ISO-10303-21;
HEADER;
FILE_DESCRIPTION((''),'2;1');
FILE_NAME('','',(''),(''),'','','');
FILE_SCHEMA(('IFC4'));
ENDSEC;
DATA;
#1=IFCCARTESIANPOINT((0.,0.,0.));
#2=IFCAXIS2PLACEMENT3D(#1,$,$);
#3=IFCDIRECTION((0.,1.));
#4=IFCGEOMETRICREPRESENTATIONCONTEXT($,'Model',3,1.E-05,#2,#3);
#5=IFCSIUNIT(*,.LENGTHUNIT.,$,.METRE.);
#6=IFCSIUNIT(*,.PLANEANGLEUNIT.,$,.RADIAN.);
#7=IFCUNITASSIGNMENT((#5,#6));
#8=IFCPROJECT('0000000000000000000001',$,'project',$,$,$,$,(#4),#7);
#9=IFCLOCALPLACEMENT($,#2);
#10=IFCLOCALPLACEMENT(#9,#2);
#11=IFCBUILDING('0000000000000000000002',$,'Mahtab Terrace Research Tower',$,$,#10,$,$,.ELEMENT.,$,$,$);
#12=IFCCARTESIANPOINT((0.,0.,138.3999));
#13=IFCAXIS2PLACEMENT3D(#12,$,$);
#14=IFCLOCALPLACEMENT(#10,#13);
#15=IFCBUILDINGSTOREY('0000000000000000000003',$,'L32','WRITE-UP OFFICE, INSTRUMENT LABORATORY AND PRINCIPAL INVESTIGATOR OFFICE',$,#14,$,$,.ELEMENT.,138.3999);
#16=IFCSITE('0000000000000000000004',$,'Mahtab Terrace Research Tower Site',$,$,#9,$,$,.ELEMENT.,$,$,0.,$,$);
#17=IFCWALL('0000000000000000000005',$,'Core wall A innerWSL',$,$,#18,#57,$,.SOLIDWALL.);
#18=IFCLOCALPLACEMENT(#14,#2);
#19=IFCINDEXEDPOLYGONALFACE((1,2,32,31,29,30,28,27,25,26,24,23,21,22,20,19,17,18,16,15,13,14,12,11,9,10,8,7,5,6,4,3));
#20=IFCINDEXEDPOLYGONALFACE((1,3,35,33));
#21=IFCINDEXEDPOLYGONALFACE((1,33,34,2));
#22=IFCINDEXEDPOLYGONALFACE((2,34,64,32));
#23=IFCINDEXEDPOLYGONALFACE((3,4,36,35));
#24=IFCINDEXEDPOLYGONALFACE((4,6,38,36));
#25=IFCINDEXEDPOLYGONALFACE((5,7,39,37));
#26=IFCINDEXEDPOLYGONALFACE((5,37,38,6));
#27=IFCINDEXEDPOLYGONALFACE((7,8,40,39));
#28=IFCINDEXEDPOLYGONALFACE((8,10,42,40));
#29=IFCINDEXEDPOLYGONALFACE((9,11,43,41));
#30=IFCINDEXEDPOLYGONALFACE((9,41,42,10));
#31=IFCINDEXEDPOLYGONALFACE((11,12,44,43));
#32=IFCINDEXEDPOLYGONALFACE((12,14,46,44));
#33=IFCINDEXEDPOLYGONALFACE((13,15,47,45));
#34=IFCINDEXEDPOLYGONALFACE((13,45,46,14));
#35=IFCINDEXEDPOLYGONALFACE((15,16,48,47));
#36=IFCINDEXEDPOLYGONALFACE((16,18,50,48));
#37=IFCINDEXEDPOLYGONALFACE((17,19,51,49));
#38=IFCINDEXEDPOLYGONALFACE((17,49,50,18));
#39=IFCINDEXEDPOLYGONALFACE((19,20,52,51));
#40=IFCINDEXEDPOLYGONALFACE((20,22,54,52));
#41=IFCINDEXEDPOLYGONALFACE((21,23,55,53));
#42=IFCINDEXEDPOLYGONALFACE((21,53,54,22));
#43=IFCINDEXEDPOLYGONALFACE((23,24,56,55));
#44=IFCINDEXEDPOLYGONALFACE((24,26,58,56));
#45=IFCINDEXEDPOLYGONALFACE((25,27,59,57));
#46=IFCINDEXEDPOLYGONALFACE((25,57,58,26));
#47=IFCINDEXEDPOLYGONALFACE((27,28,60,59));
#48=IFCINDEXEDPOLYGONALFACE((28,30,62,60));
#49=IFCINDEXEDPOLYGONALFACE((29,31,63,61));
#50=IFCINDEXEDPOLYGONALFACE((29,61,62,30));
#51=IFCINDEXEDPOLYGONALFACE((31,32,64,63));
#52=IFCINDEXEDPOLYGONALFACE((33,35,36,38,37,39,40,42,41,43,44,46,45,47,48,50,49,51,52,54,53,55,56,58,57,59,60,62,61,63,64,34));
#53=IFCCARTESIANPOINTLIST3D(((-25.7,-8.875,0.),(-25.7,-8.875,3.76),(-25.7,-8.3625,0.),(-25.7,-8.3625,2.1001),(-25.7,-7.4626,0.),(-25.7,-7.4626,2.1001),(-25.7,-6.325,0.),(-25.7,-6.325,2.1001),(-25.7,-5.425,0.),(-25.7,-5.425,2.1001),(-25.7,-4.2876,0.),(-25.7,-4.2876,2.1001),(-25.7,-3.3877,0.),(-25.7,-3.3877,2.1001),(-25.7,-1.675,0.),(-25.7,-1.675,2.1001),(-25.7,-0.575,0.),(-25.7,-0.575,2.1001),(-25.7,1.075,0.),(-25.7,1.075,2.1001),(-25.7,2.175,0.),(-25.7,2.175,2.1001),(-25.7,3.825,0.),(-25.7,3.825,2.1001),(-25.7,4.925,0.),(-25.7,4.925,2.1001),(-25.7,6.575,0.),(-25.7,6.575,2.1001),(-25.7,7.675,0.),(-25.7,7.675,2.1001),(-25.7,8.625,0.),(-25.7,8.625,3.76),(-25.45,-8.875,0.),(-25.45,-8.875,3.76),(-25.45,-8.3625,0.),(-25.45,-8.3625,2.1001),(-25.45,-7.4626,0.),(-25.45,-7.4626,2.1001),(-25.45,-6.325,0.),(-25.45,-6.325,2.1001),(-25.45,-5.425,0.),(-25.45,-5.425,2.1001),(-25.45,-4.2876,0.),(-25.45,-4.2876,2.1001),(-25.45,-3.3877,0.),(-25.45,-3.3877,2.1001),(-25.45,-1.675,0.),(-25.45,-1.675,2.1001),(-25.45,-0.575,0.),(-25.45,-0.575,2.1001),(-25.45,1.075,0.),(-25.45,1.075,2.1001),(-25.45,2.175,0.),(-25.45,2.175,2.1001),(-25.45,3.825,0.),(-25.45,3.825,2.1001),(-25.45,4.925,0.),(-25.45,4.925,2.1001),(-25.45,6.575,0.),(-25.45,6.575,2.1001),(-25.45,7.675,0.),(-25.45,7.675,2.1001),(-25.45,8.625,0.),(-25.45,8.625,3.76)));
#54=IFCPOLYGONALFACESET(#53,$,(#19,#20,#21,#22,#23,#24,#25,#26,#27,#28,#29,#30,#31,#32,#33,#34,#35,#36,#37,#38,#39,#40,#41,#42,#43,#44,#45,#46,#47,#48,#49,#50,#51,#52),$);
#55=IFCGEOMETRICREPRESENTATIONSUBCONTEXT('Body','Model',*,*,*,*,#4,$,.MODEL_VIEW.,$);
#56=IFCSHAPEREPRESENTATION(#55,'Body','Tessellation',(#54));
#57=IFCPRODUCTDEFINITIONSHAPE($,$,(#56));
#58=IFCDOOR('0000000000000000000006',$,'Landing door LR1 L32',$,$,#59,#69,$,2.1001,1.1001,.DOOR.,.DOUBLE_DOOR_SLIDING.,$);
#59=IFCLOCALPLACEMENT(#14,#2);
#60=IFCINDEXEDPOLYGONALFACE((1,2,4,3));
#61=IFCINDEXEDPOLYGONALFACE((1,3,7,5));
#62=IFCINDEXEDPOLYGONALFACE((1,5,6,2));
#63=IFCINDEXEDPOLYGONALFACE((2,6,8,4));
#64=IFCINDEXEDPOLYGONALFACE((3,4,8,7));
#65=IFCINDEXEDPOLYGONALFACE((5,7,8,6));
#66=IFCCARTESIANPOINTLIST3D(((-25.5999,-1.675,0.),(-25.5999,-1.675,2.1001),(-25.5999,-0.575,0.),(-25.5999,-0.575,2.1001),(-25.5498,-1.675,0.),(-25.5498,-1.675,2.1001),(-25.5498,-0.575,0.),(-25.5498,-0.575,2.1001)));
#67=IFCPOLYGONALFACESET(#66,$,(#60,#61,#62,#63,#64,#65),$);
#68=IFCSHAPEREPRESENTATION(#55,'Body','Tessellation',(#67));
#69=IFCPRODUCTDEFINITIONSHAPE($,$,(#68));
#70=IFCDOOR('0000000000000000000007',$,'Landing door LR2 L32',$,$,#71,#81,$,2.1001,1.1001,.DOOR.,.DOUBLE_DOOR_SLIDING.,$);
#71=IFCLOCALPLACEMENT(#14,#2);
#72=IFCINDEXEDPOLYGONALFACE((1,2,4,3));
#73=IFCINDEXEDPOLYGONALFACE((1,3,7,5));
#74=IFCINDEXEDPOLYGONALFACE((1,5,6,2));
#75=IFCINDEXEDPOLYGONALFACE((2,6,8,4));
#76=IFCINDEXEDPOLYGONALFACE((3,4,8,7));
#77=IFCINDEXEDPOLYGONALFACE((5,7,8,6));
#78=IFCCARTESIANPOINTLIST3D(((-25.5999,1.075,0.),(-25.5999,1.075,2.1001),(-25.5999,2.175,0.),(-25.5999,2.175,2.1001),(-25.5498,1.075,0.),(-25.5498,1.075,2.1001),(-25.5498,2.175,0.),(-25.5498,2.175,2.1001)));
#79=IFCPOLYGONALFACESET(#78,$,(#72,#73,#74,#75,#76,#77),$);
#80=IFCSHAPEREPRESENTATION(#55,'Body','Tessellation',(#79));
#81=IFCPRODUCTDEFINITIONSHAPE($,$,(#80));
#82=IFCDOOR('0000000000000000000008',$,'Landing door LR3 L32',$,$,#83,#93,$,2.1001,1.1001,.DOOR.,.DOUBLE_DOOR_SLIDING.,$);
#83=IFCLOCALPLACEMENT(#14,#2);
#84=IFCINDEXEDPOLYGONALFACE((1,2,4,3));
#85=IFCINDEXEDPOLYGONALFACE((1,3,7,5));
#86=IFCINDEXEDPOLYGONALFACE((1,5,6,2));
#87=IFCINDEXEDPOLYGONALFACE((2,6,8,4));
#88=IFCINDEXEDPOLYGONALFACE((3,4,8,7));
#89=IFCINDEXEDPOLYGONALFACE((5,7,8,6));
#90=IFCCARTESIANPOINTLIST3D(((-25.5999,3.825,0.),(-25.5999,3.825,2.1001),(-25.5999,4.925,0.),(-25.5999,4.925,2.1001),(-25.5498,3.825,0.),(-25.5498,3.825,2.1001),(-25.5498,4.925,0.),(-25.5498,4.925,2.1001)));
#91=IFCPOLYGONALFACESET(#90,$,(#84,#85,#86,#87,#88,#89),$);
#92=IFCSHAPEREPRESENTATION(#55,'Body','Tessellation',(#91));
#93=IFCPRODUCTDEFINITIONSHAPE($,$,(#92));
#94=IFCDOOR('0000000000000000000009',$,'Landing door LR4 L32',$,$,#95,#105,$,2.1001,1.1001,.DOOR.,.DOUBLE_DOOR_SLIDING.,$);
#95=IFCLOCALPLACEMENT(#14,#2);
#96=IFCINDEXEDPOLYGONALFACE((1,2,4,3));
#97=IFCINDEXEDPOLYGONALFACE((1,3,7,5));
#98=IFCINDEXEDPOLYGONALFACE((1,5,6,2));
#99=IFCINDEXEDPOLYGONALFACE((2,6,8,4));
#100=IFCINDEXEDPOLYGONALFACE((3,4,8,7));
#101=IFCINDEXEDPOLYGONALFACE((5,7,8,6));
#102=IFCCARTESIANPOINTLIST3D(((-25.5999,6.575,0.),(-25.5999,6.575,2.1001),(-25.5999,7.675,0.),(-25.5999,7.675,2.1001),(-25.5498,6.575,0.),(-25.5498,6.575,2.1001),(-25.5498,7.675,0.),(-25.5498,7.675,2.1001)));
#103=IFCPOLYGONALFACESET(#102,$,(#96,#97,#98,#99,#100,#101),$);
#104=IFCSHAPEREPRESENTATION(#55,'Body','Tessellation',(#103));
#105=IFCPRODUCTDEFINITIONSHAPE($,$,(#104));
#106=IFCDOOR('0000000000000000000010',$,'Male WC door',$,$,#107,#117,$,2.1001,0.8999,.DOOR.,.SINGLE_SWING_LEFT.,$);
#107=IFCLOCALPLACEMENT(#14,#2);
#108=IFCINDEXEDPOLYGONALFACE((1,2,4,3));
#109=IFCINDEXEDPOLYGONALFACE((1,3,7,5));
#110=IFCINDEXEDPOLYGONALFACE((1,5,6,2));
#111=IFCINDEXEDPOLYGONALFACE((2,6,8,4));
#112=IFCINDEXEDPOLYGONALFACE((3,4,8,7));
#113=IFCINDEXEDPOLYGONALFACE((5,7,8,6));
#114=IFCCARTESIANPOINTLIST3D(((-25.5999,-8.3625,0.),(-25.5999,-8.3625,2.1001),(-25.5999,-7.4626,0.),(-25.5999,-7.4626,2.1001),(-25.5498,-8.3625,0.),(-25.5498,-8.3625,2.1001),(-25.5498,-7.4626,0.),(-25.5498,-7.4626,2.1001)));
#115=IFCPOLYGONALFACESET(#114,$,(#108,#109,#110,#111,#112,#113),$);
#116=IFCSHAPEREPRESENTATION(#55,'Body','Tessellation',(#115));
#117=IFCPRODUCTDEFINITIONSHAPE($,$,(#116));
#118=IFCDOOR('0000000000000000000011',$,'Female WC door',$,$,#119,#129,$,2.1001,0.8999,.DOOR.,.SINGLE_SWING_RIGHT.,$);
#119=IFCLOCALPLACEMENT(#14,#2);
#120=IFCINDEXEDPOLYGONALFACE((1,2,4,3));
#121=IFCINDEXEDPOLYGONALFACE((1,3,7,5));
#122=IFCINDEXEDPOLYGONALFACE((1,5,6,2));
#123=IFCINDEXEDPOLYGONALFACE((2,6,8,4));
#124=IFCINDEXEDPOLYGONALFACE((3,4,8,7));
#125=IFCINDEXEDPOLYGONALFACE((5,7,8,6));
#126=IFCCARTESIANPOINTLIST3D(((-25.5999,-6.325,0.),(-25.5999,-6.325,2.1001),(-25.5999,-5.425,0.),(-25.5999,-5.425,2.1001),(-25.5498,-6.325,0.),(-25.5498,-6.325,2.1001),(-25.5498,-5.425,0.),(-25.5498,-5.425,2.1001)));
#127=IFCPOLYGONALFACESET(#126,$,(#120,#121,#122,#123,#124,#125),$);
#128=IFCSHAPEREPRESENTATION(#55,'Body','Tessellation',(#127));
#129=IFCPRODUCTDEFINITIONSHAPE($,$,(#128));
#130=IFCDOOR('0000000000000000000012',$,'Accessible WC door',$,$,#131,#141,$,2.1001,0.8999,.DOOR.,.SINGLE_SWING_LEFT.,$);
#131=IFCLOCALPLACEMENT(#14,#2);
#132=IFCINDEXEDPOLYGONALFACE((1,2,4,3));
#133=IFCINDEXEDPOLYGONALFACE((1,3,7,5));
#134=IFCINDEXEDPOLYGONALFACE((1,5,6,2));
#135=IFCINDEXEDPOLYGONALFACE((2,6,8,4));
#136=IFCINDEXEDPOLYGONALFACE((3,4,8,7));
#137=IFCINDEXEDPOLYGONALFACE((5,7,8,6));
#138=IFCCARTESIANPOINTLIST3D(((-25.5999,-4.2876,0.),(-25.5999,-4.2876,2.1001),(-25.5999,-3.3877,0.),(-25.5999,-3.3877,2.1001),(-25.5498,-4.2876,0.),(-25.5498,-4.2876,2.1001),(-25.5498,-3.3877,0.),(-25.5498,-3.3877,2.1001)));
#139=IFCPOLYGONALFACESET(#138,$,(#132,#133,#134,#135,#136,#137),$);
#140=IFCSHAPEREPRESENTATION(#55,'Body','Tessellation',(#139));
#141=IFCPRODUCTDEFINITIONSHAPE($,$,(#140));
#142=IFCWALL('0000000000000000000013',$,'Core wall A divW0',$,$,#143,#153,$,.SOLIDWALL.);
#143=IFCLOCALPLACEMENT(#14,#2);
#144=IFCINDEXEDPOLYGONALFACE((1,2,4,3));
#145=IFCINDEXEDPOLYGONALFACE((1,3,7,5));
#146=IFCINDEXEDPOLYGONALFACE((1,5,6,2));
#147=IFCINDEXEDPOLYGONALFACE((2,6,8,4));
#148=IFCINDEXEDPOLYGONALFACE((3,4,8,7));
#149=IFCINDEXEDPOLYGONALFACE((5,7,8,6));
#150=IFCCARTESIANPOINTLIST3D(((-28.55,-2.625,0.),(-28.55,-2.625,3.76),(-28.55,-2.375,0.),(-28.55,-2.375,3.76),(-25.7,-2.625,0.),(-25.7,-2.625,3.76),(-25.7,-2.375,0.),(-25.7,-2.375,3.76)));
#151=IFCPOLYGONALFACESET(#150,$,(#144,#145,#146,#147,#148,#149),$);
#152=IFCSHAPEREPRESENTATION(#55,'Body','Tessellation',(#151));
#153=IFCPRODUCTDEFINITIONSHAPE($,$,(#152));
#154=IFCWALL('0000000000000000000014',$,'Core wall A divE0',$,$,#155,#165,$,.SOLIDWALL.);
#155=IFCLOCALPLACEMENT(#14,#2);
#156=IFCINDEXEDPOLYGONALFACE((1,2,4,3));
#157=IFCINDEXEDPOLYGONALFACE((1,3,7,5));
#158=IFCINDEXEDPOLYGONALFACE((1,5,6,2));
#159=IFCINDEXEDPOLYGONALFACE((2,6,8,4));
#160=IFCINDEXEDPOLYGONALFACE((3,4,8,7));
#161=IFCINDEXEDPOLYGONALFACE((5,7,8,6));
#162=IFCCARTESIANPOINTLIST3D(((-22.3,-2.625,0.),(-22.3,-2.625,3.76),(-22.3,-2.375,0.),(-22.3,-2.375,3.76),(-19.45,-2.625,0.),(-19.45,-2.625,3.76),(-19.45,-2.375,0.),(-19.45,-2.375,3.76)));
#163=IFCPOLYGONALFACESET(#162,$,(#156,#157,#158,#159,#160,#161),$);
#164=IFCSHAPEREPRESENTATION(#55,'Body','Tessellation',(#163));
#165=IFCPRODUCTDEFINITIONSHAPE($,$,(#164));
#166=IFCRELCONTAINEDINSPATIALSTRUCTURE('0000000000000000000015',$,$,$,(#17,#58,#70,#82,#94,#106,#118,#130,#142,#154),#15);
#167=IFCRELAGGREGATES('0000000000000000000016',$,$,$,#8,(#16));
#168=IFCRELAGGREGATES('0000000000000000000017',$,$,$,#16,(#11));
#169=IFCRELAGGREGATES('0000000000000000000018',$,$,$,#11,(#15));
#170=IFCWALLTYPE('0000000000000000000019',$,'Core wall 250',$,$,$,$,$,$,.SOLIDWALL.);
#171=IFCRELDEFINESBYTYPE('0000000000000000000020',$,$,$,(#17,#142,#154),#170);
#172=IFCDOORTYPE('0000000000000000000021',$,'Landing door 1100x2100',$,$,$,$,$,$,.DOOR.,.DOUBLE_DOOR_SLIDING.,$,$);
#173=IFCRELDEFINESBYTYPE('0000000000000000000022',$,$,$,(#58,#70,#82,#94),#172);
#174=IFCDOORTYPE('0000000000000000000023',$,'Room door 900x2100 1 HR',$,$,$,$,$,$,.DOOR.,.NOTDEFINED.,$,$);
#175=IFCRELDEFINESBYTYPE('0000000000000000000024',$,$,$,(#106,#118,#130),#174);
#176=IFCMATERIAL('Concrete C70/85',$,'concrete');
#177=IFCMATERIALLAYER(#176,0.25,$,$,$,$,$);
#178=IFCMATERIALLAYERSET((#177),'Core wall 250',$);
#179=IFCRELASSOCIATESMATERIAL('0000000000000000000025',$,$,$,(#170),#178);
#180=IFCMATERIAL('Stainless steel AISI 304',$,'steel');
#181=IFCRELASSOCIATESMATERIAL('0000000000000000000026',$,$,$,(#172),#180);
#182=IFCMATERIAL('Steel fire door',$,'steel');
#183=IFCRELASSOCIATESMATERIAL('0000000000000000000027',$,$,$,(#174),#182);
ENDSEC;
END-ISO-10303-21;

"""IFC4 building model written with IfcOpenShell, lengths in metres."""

from ifc_helpers import new_model, si_unit, direction, frame, frame_2d, origin, place, context, subcontext, project, spatial, rectangle, extrude, material, layer, layer_set, type_object, element, fill, save


model = new_model("IFC4")

# Units and contexts
model_context = context("Model", 3, precision=1e-05, world=origin(), true_north=direction((0.0, 1.0)))
body_context = subcontext(model_context, "Body", "Model", "MODEL_VIEW")
ifc_project = project(units=[si_unit("LENGTHUNIT", "METRE"), si_unit("PLANEANGLEUNIT", "RADIAN")], contexts=[model_context])

# Site, building, storey
site_placement = place(None, origin())
site = spatial("IfcSite", under=ifc_project, at=site_placement, Name="Mahtab Terrace Research Tower Site", CompositionType="ELEMENT", RefElevation=0.0)
building_placement = place(site_placement, origin())
building = spatial("IfcBuilding", under=site, at=building_placement, Name="Mahtab Terrace Research Tower", CompositionType="ELEMENT")
storey_placement = place(building_placement, frame((0.0, 0.0, 138.3999)))
storey = spatial("IfcBuildingStorey", under=building, at=storey_placement, Name="L32", Description="WRITE-UP OFFICE, INSTRUMENT LABORATORY AND PRINCIPAL INVESTIGATOR OFFICE", CompositionType="ELEMENT", Elevation=138.3999)

# Shared definitions
ifc_material_1 = material(Name="Concrete C70/85", Category="concrete")

# Shared definitions
ifc_layer_1 = layer(ifc_material_1, 0.25)
ifc_layer_set_1 = layer_set([ifc_layer_1], Name="Core wall 250")
wall_type_1 = type_object("IfcWallType", Name="Core wall 250", PredefinedType="SOLIDWALL", material=ifc_layer_set_1)

# Shared definitions
ifc_material_2 = material(Name="Steel fire door", Category="steel")

# Wall, openings, doors
wall_1_placement = place(storey_placement, frame((-25.575, -8.875, 0.0), z_axis=(0.0, 0.0, 1.0), x_axis=(0.0, 1.0, 0.0)))
wall_1 = element("IfcWall", 1, at=wall_1_placement, inside=storey, type_object=wall_type_1, Name="Core wall A innerWSL", PredefinedType="SOLIDWALL", context=body_context, shape_type="SweptSolid", body=[
    extrude(rectangle(XDim=17.5, YDim=0.25, at=frame_2d((8.75, 0.0))), origin(), (0.0, 0.0, 1.0), 3.76),
])
opening_1_placement = place(wall_1_placement, frame((7.2, 0.0, 0.0)))
opening_1 = element("IfcOpeningElement", 2, at=opening_1_placement, cuts=wall_1, PredefinedType="OPENING", context=body_context, shape_type="SweptSolid", body=[
    extrude(rectangle(XDim=1.1001, YDim=2.1001, at=frame_2d((0.55, 1.05))), frame((0.0, 0.135, 0.0), z_axis=(0.0, -1.0, 0.0), x_axis=(1.0, 0.0, 0.0)), (0.0, 0.0, 1.0), 0.27),
])
opening_2_placement = place(wall_1_placement, frame((9.95, 0.0, 0.0)))
opening_2 = element("IfcOpeningElement", 3, at=opening_2_placement, cuts=wall_1, PredefinedType="OPENING", context=body_context, shape_type="SweptSolid", body=[
    extrude(rectangle(XDim=1.1001, YDim=2.1001, at=frame_2d((0.55, 1.05))), frame((0.0, 0.135, 0.0), z_axis=(0.0, -1.0, 0.0), x_axis=(1.0, 0.0, 0.0)), (0.0, 0.0, 1.0), 0.27),
])
opening_3_placement = place(wall_1_placement, frame((12.7, 0.0, 0.0)))
opening_3 = element("IfcOpeningElement", 4, at=opening_3_placement, cuts=wall_1, PredefinedType="OPENING", context=body_context, shape_type="SweptSolid", body=[
    extrude(rectangle(XDim=1.1001, YDim=2.1001, at=frame_2d((0.55, 1.05))), frame((0.0, 0.135, 0.0), z_axis=(0.0, -1.0, 0.0), x_axis=(1.0, 0.0, 0.0)), (0.0, 0.0, 1.0), 0.27),
])
opening_4_placement = place(wall_1_placement, frame((15.45, 0.0, 0.0)))
opening_4 = element("IfcOpeningElement", 5, at=opening_4_placement, cuts=wall_1, PredefinedType="OPENING", context=body_context, shape_type="SweptSolid", body=[
    extrude(rectangle(XDim=1.1001, YDim=2.1001, at=frame_2d((0.55, 1.05))), frame((0.0, 0.135, 0.0), z_axis=(0.0, -1.0, 0.0), x_axis=(1.0, 0.0, 0.0)), (0.0, 0.0, 1.0), 0.27),
])
opening_5_placement = place(wall_1_placement, frame((0.5125, 0.0, 0.0)))
opening_5 = element("IfcOpeningElement", 6, at=opening_5_placement, cuts=wall_1, PredefinedType="OPENING", context=body_context, shape_type="SweptSolid", body=[
    extrude(rectangle(XDim=0.8999, YDim=2.1001, at=frame_2d((0.45, 1.05))), frame((0.0, 0.135, 0.0), z_axis=(0.0, -1.0, 0.0), x_axis=(1.0, 0.0, 0.0)), (0.0, 0.0, 1.0), 0.27),
])
opening_6_placement = place(wall_1_placement, frame((2.55, 0.0, 0.0)))
opening_6 = element("IfcOpeningElement", 7, at=opening_6_placement, cuts=wall_1, PredefinedType="OPENING", context=body_context, shape_type="SweptSolid", body=[
    extrude(rectangle(XDim=0.8999, YDim=2.1001, at=frame_2d((0.45, 1.05))), frame((0.0, 0.135, 0.0), z_axis=(0.0, -1.0, 0.0), x_axis=(1.0, 0.0, 0.0)), (0.0, 0.0, 1.0), 0.27),
])
opening_7_placement = place(wall_1_placement, frame((4.5874, 0.0, 0.0)))
opening_7 = element("IfcOpeningElement", 8, at=opening_7_placement, cuts=wall_1, PredefinedType="OPENING", context=body_context, shape_type="SweptSolid", body=[
    extrude(rectangle(XDim=0.8999, YDim=2.1001, at=frame_2d((0.45, 1.05))), frame((0.0, 0.135, 0.0), z_axis=(0.0, -1.0, 0.0), x_axis=(1.0, 0.0, 0.0)), (0.0, 0.0, 1.0), 0.27),
])
ifc_material_3 = material(Name="Stainless steel AISI 304", Category="steel")
door_type_1 = type_object("IfcDoorType", Name="Landing door 1100x2100", OperationType="DOUBLE_DOOR_SLIDING", PredefinedType="DOOR", material=ifc_material_3)
door_1_placement = place(opening_1_placement, origin())
door_1 = element("IfcDoor", 9, at=door_1_placement, inside=storey, type_object=door_type_1, Name="Landing door LR1 L32", OperationType="DOUBLE_DOOR_SLIDING", OverallHeight=2.1001, OverallWidth=1.1001, PredefinedType="DOOR", context=body_context, shape_type="SweptSolid", body=[
    extrude(rectangle(XDim=1.1001, YDim=2.1001, at=frame_2d((0.55, 1.05))), frame((0.0, 0.0249, 0.0), z_axis=(0.0, -1.0, 0.0), x_axis=(1.0, 0.0, 0.0)), (0.0, 0.0, 1.0), 0.05),
])
fill(opening_1, door_1)
door_2_placement = place(opening_2_placement, origin())
door_2 = element("IfcDoor", 10, at=door_2_placement, inside=storey, type_object=door_type_1, Name="Landing door LR2 L32", OperationType="DOUBLE_DOOR_SLIDING", OverallHeight=2.1001, OverallWidth=1.1001, PredefinedType="DOOR", context=body_context, shape_type="SweptSolid", body=[
    extrude(rectangle(XDim=1.1001, YDim=2.1001, at=frame_2d((0.55, 1.05))), frame((0.0, 0.0249, 0.0), z_axis=(0.0, -1.0, 0.0), x_axis=(1.0, 0.0, 0.0)), (0.0, 0.0, 1.0), 0.05),
])
fill(opening_2, door_2)
door_3_placement = place(opening_3_placement, origin())
door_3 = element("IfcDoor", 11, at=door_3_placement, inside=storey, type_object=door_type_1, Name="Landing door LR3 L32", OperationType="DOUBLE_DOOR_SLIDING", OverallHeight=2.1001, OverallWidth=1.1001, PredefinedType="DOOR", context=body_context, shape_type="SweptSolid", body=[
    extrude(rectangle(XDim=1.1001, YDim=2.1001, at=frame_2d((0.55, 1.05))), frame((0.0, 0.0249, 0.0), z_axis=(0.0, -1.0, 0.0), x_axis=(1.0, 0.0, 0.0)), (0.0, 0.0, 1.0), 0.05),
])
fill(opening_3, door_3)
door_4_placement = place(opening_4_placement, origin())
door_4 = element("IfcDoor", 12, at=door_4_placement, inside=storey, type_object=door_type_1, Name="Landing door LR4 L32", OperationType="DOUBLE_DOOR_SLIDING", OverallHeight=2.1001, OverallWidth=1.1001, PredefinedType="DOOR", context=body_context, shape_type="SweptSolid", body=[
    extrude(rectangle(XDim=1.1001, YDim=2.1001, at=frame_2d((0.55, 1.05))), frame((0.0, 0.0249, 0.0), z_axis=(0.0, -1.0, 0.0), x_axis=(1.0, 0.0, 0.0)), (0.0, 0.0, 1.0), 0.05),
])
fill(opening_4, door_4)
door_type_2 = type_object("IfcDoorType", Name="Room door 900x2100 1 HR", OperationType="NOTDEFINED", PredefinedType="DOOR", material=ifc_material_2)
door_5_placement = place(opening_5_placement, origin())
door_5 = element("IfcDoor", 13, at=door_5_placement, inside=storey, type_object=door_type_2, Name="Male WC door", OperationType="SINGLE_SWING_LEFT", OverallHeight=2.1001, OverallWidth=0.8999, PredefinedType="DOOR", context=body_context, shape_type="SweptSolid", body=[
    extrude(rectangle(XDim=0.8999, YDim=2.1001, at=frame_2d((0.45, 1.05))), frame((0.0, 0.0249, 0.0), z_axis=(0.0, -1.0, 0.0), x_axis=(1.0, 0.0, 0.0)), (0.0, 0.0, 1.0), 0.05),
])
fill(opening_5, door_5)
door_6_placement = place(opening_6_placement, origin())
door_6 = element("IfcDoor", 14, at=door_6_placement, inside=storey, type_object=door_type_2, Name="Female WC door", OperationType="SINGLE_SWING_RIGHT", OverallHeight=2.1001, OverallWidth=0.8999, PredefinedType="DOOR", context=body_context, shape_type="SweptSolid", body=[
    extrude(rectangle(XDim=0.8999, YDim=2.1001, at=frame_2d((0.45, 1.05))), frame((0.0, 0.0249, 0.0), z_axis=(0.0, -1.0, 0.0), x_axis=(1.0, 0.0, 0.0)), (0.0, 0.0, 1.0), 0.05),
])
fill(opening_6, door_6)
door_7_placement = place(opening_7_placement, origin())
door_7 = element("IfcDoor", 15, at=door_7_placement, inside=storey, type_object=door_type_2, Name="Accessible WC door", OperationType="SINGLE_SWING_LEFT", OverallHeight=2.1001, OverallWidth=0.8999, PredefinedType="DOOR", context=body_context, shape_type="SweptSolid", body=[
    extrude(rectangle(XDim=0.8999, YDim=2.1001, at=frame_2d((0.45, 1.05))), frame((0.0, 0.0249, 0.0), z_axis=(0.0, -1.0, 0.0), x_axis=(1.0, 0.0, 0.0)), (0.0, 0.0, 1.0), 0.05),
])
fill(opening_7, door_7)

# Walls
for number, where, z_axis, x_axis, name in (
    (16, (-28.55, -2.5, 0.0), (0.0, 0.0, 1.0), (1.0, 0.0, 0.0), "Core wall A divW0"),
    (17, (-22.3, -2.5, 0.0), (0.0, 0.0, 1.0), (1.0, 0.0, 0.0), "Core wall A divE0"),
):
    element("IfcWall", number, at=place(storey_placement, frame(where, z_axis=z_axis, x_axis=x_axis)), inside=storey, type_object=wall_type_1, Name=name, PredefinedType="SOLIDWALL", context=body_context, shape_type="SweptSolid", body=[
        extrude(rectangle(XDim=2.8501, YDim=0.25, at=frame_2d((1.425, 0.0))), origin(), (0.0, 0.0, 1.0), 3.76),
    ])

save(model, "model.ifc")
